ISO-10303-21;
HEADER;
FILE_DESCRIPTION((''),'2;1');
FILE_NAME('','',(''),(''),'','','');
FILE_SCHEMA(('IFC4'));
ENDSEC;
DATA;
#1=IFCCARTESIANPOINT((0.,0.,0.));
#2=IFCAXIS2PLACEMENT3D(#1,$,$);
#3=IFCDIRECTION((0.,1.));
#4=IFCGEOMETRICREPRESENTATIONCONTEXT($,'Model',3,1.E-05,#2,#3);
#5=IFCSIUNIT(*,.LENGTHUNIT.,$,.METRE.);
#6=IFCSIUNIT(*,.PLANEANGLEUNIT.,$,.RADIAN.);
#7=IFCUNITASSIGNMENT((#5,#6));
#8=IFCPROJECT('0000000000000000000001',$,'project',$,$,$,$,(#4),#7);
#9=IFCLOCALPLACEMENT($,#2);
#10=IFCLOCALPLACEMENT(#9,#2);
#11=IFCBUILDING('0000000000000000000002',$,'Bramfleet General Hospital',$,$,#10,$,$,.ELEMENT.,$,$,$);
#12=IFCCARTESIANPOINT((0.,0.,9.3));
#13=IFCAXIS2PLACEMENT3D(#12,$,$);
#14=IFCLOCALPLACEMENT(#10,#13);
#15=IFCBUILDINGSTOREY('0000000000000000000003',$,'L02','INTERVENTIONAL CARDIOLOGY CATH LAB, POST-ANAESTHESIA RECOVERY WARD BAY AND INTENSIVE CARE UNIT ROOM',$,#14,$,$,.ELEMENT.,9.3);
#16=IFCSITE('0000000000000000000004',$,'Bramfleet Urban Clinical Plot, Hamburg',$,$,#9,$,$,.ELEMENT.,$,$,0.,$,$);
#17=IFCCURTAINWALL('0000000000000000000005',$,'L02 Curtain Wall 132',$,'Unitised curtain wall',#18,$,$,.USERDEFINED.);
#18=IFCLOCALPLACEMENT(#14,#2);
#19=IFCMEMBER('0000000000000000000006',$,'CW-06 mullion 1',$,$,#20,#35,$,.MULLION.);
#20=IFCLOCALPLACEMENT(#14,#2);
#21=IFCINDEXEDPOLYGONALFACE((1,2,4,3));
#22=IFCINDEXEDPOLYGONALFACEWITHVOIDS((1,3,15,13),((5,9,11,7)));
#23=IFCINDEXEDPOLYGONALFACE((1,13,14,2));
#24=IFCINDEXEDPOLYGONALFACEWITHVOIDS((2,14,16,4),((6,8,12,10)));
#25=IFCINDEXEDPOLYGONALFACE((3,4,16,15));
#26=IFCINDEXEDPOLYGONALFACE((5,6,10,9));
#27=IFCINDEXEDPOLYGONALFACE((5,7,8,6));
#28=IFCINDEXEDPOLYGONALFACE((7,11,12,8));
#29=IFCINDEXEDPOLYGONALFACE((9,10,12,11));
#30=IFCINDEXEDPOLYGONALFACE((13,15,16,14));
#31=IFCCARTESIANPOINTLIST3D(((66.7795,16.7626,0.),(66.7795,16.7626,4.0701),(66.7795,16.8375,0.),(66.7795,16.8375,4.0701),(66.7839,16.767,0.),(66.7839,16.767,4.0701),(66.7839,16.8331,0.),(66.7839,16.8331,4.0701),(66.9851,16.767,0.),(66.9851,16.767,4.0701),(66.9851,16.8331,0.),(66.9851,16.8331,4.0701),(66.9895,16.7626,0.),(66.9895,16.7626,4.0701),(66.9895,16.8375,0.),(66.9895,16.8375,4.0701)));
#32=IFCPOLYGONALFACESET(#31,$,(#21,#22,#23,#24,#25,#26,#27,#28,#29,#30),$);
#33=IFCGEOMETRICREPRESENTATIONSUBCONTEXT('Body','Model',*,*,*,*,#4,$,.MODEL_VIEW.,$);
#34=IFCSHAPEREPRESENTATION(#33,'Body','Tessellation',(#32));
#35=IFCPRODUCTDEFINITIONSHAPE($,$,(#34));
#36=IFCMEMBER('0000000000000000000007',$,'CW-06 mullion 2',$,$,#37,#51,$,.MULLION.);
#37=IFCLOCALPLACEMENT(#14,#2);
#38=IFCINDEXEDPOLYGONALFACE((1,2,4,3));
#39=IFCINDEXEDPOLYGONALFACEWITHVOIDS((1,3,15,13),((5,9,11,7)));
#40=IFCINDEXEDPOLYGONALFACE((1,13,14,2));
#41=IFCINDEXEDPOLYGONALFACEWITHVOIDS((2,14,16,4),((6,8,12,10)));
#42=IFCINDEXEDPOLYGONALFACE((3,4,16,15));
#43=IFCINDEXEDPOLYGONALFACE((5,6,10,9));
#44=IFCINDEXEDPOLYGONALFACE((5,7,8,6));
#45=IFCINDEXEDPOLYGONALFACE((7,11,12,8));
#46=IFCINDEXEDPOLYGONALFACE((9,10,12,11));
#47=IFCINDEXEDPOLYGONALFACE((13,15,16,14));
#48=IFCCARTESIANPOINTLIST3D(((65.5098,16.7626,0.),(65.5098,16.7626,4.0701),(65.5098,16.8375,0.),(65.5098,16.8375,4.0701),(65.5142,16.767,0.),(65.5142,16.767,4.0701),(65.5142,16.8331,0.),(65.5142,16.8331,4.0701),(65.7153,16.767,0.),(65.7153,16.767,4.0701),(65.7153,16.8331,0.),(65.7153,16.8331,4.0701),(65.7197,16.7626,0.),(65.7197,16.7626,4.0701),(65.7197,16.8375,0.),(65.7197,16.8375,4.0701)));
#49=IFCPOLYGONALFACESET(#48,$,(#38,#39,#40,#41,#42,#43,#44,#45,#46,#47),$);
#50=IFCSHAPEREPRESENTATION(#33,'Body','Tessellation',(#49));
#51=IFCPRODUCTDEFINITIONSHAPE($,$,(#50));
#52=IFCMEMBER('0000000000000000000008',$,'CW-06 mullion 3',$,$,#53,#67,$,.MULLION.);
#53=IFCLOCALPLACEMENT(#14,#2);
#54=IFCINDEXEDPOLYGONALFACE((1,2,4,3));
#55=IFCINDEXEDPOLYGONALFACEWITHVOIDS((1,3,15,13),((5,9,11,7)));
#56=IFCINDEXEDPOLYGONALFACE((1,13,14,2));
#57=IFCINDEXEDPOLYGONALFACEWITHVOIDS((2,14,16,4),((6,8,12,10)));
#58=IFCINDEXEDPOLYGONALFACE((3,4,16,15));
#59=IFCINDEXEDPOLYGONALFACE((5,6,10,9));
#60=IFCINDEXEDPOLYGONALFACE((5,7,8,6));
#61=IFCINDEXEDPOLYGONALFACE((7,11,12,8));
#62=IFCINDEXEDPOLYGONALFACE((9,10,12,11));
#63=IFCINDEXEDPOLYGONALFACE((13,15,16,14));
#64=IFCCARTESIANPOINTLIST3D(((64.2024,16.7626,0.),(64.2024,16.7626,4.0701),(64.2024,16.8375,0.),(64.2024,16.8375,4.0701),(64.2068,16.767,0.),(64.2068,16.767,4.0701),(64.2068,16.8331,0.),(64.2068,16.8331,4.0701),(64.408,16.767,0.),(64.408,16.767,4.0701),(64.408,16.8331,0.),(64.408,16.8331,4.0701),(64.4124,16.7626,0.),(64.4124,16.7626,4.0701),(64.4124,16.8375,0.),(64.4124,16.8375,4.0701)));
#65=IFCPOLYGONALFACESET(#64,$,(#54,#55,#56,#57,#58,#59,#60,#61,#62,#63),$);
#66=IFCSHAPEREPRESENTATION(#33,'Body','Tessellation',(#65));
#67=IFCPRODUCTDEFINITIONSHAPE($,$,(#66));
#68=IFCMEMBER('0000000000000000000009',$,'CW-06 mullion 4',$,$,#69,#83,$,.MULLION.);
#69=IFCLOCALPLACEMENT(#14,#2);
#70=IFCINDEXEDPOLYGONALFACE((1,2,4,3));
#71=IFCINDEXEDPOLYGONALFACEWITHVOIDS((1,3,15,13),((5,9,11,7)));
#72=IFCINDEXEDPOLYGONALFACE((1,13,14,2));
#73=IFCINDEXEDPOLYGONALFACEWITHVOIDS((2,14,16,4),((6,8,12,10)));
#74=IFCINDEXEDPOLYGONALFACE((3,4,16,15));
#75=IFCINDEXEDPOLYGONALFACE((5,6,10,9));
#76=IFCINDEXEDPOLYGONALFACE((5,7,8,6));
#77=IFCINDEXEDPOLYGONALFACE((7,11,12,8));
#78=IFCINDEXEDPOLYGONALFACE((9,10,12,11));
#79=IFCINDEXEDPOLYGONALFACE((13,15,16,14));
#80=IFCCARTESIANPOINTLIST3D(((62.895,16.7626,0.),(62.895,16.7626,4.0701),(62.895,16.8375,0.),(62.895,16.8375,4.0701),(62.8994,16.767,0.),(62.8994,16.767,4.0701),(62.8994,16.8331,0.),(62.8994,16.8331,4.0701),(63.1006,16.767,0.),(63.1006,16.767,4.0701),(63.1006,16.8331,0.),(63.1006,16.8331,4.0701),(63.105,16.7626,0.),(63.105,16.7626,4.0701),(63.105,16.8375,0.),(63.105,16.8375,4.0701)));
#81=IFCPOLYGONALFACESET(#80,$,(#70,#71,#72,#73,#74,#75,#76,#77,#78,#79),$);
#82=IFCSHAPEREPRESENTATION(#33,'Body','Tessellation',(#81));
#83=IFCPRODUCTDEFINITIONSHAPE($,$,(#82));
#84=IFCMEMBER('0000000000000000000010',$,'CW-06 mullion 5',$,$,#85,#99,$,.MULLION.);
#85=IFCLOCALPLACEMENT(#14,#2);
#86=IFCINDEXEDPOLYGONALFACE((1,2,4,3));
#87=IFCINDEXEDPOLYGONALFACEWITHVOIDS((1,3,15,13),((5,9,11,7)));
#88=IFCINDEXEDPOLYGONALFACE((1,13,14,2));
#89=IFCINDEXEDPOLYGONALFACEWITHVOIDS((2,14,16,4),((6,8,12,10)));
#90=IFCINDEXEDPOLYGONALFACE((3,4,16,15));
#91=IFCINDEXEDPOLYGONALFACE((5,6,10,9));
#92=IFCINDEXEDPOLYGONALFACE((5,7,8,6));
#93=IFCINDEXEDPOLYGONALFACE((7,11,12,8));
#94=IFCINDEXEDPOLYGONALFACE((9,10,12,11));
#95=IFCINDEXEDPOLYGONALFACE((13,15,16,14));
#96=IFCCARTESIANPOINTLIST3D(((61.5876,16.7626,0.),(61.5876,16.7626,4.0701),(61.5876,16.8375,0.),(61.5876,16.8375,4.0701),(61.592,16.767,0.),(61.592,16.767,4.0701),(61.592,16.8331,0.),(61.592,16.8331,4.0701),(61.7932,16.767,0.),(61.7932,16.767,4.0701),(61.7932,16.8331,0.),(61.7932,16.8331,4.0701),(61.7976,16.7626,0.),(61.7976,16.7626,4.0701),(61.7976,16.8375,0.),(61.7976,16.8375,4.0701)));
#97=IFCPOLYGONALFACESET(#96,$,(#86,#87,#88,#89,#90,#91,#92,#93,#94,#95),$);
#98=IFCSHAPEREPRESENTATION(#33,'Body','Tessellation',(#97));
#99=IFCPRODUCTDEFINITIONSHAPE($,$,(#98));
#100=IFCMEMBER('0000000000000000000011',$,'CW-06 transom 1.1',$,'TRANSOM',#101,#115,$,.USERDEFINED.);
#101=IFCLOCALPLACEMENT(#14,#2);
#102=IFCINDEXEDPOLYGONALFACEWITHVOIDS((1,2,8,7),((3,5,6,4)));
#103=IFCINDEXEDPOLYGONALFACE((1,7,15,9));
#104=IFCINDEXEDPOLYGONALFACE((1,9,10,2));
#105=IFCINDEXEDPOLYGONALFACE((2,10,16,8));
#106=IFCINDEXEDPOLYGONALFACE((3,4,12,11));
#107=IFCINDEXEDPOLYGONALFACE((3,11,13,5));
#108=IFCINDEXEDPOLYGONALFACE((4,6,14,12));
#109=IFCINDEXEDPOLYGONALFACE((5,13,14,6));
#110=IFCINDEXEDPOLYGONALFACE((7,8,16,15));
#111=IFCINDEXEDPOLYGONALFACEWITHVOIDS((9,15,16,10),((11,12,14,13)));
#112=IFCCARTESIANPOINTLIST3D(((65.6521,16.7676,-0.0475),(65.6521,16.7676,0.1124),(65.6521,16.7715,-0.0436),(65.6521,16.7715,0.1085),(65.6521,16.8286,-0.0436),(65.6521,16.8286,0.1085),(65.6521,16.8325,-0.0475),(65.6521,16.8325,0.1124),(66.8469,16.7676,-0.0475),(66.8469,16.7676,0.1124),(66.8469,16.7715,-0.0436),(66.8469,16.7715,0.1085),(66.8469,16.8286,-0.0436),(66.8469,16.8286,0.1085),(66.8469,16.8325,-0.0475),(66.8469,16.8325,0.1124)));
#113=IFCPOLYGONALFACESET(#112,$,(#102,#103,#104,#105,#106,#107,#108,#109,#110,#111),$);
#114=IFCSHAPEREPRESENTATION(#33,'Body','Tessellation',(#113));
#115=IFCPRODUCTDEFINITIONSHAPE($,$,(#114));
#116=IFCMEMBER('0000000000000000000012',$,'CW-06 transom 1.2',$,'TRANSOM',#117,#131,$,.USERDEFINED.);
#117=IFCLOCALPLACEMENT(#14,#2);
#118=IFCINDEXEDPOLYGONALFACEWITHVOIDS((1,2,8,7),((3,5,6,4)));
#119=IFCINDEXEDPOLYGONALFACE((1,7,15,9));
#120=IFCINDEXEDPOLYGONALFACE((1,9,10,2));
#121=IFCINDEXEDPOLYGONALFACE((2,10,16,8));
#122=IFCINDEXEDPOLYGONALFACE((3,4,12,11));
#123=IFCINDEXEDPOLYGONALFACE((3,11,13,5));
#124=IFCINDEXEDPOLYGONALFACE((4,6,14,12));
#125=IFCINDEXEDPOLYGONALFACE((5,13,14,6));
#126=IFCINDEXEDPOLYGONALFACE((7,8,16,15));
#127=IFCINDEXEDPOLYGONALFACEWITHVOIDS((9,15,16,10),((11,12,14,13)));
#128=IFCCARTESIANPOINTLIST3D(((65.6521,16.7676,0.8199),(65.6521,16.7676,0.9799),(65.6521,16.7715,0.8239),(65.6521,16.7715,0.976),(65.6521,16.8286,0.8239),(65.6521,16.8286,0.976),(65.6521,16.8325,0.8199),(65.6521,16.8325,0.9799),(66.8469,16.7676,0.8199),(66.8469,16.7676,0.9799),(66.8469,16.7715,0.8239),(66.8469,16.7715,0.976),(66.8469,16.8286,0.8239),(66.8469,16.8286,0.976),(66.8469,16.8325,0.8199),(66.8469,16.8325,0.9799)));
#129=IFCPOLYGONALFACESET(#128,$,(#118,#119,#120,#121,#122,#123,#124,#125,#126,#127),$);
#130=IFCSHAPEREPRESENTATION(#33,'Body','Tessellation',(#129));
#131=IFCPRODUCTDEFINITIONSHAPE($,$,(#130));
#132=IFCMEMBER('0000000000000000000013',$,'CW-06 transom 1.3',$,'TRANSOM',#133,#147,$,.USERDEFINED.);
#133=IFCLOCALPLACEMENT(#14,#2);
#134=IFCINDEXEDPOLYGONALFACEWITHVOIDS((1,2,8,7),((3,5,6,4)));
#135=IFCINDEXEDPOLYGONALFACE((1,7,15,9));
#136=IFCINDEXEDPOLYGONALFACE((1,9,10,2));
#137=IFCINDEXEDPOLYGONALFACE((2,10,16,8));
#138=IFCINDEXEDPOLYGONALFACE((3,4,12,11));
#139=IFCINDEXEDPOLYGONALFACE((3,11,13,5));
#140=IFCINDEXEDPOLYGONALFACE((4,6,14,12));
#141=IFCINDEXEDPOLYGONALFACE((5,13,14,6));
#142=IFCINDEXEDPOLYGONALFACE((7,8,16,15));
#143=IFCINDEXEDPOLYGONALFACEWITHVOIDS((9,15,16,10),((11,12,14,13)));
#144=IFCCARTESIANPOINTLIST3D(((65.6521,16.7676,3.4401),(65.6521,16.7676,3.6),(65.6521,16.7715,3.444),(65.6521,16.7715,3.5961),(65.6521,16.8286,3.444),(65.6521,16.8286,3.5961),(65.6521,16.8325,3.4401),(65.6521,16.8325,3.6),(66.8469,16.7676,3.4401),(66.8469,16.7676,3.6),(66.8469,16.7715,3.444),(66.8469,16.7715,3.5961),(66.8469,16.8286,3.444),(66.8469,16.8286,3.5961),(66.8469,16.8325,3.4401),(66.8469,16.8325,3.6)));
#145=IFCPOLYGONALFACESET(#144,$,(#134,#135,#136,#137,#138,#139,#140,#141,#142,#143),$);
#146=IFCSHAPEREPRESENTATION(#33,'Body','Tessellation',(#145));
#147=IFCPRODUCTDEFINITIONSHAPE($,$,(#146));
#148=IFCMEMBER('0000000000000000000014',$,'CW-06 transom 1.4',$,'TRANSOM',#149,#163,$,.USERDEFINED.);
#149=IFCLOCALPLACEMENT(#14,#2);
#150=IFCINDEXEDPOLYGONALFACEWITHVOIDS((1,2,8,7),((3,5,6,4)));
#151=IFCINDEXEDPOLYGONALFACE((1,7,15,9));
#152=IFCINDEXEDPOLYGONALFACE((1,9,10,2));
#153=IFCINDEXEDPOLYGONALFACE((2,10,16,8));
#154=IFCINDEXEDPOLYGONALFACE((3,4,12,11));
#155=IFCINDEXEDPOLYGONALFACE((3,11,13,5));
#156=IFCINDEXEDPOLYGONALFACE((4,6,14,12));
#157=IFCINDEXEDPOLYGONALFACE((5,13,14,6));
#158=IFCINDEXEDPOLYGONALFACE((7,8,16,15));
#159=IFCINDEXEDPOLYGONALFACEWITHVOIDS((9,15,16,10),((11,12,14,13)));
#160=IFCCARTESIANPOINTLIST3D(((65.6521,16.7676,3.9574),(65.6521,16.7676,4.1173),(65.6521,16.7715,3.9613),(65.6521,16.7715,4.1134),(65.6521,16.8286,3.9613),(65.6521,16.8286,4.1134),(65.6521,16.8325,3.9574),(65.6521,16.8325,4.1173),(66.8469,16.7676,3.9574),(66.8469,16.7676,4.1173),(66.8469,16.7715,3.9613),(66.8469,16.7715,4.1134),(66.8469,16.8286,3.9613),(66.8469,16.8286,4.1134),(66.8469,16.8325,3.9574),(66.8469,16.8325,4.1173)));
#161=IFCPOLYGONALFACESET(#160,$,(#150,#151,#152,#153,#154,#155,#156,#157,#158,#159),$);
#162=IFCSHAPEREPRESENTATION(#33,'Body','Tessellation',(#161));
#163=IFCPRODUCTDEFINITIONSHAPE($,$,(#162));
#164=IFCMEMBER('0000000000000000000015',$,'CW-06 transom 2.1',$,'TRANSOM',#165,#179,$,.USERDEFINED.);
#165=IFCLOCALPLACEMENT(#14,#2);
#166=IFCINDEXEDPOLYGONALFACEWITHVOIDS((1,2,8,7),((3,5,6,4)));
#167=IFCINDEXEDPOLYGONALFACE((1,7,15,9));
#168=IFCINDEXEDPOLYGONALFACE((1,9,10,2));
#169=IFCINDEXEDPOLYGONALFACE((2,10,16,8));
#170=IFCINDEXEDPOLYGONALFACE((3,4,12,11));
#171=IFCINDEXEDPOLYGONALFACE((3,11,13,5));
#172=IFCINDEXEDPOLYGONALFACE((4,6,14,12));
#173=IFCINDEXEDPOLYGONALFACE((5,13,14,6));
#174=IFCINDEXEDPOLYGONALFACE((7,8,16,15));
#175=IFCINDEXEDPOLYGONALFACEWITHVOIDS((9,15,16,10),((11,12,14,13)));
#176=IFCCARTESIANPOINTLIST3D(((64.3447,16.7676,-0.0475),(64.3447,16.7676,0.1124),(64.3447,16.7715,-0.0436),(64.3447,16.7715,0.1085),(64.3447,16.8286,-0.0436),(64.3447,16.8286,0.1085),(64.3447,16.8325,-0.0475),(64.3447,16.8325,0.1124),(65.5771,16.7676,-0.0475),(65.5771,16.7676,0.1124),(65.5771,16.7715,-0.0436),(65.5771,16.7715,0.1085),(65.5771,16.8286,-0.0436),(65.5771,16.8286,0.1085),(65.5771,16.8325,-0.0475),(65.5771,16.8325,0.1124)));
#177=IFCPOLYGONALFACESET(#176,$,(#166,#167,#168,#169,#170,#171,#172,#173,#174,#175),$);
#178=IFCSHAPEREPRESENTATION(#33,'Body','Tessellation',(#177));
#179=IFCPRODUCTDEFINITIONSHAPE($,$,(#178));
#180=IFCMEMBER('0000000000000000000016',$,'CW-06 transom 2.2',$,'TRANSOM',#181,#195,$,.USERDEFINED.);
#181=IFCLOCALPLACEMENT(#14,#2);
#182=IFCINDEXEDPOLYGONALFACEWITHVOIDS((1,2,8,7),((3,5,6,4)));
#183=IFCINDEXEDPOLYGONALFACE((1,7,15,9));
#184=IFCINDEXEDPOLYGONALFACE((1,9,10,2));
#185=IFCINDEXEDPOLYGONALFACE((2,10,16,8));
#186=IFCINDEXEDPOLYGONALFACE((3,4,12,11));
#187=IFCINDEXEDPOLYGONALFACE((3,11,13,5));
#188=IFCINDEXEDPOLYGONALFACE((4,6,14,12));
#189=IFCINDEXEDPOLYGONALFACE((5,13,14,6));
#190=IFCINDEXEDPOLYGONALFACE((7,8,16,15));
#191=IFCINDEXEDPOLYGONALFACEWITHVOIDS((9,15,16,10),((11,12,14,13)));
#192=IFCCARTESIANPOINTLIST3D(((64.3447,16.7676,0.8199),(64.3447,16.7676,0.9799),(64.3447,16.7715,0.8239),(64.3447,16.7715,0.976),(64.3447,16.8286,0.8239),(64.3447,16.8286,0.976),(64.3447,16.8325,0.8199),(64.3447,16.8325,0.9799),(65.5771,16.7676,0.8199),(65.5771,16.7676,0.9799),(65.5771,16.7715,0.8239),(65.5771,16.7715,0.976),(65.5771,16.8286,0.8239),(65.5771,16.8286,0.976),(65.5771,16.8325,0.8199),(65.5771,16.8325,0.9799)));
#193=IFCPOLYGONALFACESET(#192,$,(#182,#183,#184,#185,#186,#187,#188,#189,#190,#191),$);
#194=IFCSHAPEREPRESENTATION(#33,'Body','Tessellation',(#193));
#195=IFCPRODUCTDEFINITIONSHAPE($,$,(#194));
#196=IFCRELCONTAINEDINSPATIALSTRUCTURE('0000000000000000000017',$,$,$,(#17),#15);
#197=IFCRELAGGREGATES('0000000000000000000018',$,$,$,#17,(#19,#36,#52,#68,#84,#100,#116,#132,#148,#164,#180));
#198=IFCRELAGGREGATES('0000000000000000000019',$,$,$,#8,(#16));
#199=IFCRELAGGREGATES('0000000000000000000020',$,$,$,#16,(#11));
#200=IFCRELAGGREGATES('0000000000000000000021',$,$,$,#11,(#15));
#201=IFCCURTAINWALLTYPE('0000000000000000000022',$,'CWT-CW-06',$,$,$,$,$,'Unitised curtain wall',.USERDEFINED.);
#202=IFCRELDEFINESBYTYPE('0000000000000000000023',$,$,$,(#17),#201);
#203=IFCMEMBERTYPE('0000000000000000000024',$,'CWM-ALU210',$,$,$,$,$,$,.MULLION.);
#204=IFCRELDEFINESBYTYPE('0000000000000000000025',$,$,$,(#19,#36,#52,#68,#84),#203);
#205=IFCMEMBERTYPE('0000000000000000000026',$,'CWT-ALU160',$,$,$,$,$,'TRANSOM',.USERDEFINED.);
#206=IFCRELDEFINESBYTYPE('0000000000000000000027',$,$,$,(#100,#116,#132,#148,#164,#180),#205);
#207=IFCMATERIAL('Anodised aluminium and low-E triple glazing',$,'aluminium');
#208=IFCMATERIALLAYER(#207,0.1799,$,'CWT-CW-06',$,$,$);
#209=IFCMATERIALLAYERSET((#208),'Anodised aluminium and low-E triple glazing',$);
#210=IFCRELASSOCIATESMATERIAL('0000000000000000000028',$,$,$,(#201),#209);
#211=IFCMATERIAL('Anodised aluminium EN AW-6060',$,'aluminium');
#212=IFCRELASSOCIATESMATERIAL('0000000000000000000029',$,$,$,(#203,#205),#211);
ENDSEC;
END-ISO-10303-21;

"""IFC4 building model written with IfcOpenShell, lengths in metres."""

from ifc_helpers import new_model, si_unit, direction, frame, origin, origin_2d, place, context, subcontext, project, spatial, hollow_rectangle, extrude, material, layer, layer_set, material_profile, profile_set, type_object, element, aggregate, save


model = new_model("IFC4")

# Units and contexts
model_context = context("Model", 3, precision=1e-05, world=origin(), true_north=direction((0.0, 1.0)))
body_context = subcontext(model_context, "Body", "Model", "MODEL_VIEW")
ifc_project = project(units=[si_unit("LENGTHUNIT", "METRE"), si_unit("PLANEANGLEUNIT", "RADIAN")], contexts=[model_context])

# Site, building, storey
site_placement = place(None, origin())
site = spatial("IfcSite", under=ifc_project, at=site_placement, Name="Bramfleet Urban Clinical Plot, Hamburg", CompositionType="ELEMENT", RefElevation=0.0)
building_placement = place(site_placement, origin())
building = spatial("IfcBuilding", under=site, at=building_placement, Name="Bramfleet General Hospital", CompositionType="ELEMENT")
storey_placement = place(building_placement, frame((0.0, 0.0, 9.3)))
storey = spatial("IfcBuildingStorey", under=building, at=storey_placement, Name="L02", Description="INTERVENTIONAL CARDIOLOGY CATH LAB, POST-ANAESTHESIA RECOVERY WARD BAY AND INTENSIVE CARE UNIT ROOM", CompositionType="ELEMENT", Elevation=9.3)

# Curtain wall, members
ifc_material_1 = material(Name="Anodised aluminium and low-E triple glazing", Category="aluminium")
ifc_layer_1 = layer(ifc_material_1, 0.1799, Name="CWT-CW-06")
ifc_layer_set_1 = layer_set([ifc_layer_1], Name="Anodised aluminium and low-E triple glazing")
curtain_wall_type = type_object("IfcCurtainWallType", Name="CWT-CW-06", ElementType="Unitised curtain wall", PredefinedType="USERDEFINED", material=ifc_layer_set_1)
curtain_wall_placement = place(storey_placement, origin())
curtain_wall = element("IfcCurtainWall", 1, at=curtain_wall_placement, inside=storey, type_object=curtain_wall_type, Name="L02 Curtain Wall 132", ObjectType="Unitised curtain wall", PredefinedType="USERDEFINED")
ifc_material_2 = material(Name="Anodised aluminium EN AW-6060", Category="aluminium")
ifc_material_profile_1 = material_profile(ifc_material_2, hollow_rectangle(XDim=0.075, YDim=0.21, WallThickness=0.0044, at=origin_2d()), Name="ALU 210x75x4.5")
ifc_profile_set_1 = profile_set([ifc_material_profile_1], Name="Anodised aluminium EN AW-6060")
member_type_1 = type_object("IfcMemberType", Name="CWM-ALU210", PredefinedType="MULLION", material=ifc_profile_set_1)
member_1_placement = place(storey_placement, frame((66.8845, 16.8, 0.0), z_axis=(0.0, 0.0, 1.0), x_axis=(0.0, -1.0, 0.0)))
member_1 = element("IfcMember", 2, at=member_1_placement, type_object=member_type_1, Name="CW-06 mullion 1", PredefinedType="MULLION", context=body_context, shape_type="SweptSolid", body=[
    extrude(hollow_rectangle(XDim=0.075, YDim=0.21, WallThickness=0.0044, at=origin_2d()), origin(), (0.0, 0.0, 1.0), 4.0701),
])
member_2_placement = place(storey_placement, frame((65.6147, 16.8, 0.0), z_axis=(0.0, 0.0, 1.0), x_axis=(0.0, -1.0, 0.0)))
member_2 = element("IfcMember", 3, at=member_2_placement, type_object=member_type_1, Name="CW-06 mullion 2", PredefinedType="MULLION", context=body_context, shape_type="SweptSolid", body=[
    extrude(hollow_rectangle(XDim=0.075, YDim=0.21, WallThickness=0.0044, at=origin_2d()), origin(), (0.0, 0.0, 1.0), 4.0701),
])
member_3_placement = place(storey_placement, frame((64.3074, 16.8, 0.0), z_axis=(0.0, 0.0, 1.0), x_axis=(0.0, -1.0, 0.0)))
member_3 = element("IfcMember", 4, at=member_3_placement, type_object=member_type_1, Name="CW-06 mullion 3", PredefinedType="MULLION", context=body_context, shape_type="SweptSolid", body=[
    extrude(hollow_rectangle(XDim=0.075, YDim=0.21, WallThickness=0.0044, at=origin_2d()), origin(), (0.0, 0.0, 1.0), 4.0701),
])
member_4_placement = place(storey_placement, frame((63.0, 16.8, 0.0), z_axis=(0.0, 0.0, 1.0), x_axis=(0.0, -1.0, 0.0)))
member_4 = element("IfcMember", 5, at=member_4_placement, type_object=member_type_1, Name="CW-06 mullion 4", PredefinedType="MULLION", context=body_context, shape_type="SweptSolid", body=[
    extrude(hollow_rectangle(XDim=0.075, YDim=0.21, WallThickness=0.0044, at=origin_2d()), origin(), (0.0, 0.0, 1.0), 4.0701),
])
member_5_placement = place(storey_placement, frame((61.6926, 16.8, 0.0), z_axis=(0.0, 0.0, 1.0), x_axis=(0.0, -1.0, 0.0)))
member_5 = element("IfcMember", 6, at=member_5_placement, type_object=member_type_1, Name="CW-06 mullion 5", PredefinedType="MULLION", context=body_context, shape_type="SweptSolid", body=[
    extrude(hollow_rectangle(XDim=0.075, YDim=0.21, WallThickness=0.0044, at=origin_2d()), origin(), (0.0, 0.0, 1.0), 4.0701),
])
ifc_material_profile_2 = material_profile(ifc_material_2, hollow_rectangle(XDim=0.0649, YDim=0.1599, WallThickness=0.0039, at=origin_2d()), Name="ALU 160x65x4.0")
ifc_profile_set_2 = profile_set([ifc_material_profile_2], Name="Anodised aluminium EN AW-6060")
member_type_2 = type_object("IfcMemberType", Name="CWT-ALU160", ElementType="TRANSOM", PredefinedType="USERDEFINED", material=ifc_profile_set_2)
member_6_placement = place(storey_placement, frame((66.8469, 16.8, 0.0325), z_axis=(-1.0, 0.0, 0.0), x_axis=(0.0, -1.0, 0.0)))
member_6 = element("IfcMember", 7, at=member_6_placement, type_object=member_type_2, Name="CW-06 transom 1.1", ObjectType="TRANSOM", PredefinedType="USERDEFINED", context=body_context, shape_type="SweptSolid", body=[
    extrude(hollow_rectangle(XDim=0.0649, YDim=0.1599, WallThickness=0.0039, at=origin_2d()), origin(), (0.0, 0.0, 1.0), 1.1948),
])
member_7_placement = place(storey_placement, frame((66.8469, 16.8, 0.8999), z_axis=(-1.0, 0.0, 0.0), x_axis=(0.0, -1.0, 0.0)))
member_7 = element("IfcMember", 8, at=member_7_placement, type_object=member_type_2, Name="CW-06 transom 1.2", ObjectType="TRANSOM", PredefinedType="USERDEFINED", context=body_context, shape_type="SweptSolid", body=[
    extrude(hollow_rectangle(XDim=0.0649, YDim=0.1599, WallThickness=0.0039, at=origin_2d()), origin(), (0.0, 0.0, 1.0), 1.1948),
])
member_8_placement = place(storey_placement, frame((66.8469, 16.8, 3.52), z_axis=(-1.0, 0.0, 0.0), x_axis=(0.0, -1.0, 0.0)))
member_8 = element("IfcMember", 9, at=member_8_placement, type_object=member_type_2, Name="CW-06 transom 1.3", ObjectType="TRANSOM", PredefinedType="USERDEFINED", context=body_context, shape_type="SweptSolid", body=[
    extrude(hollow_rectangle(XDim=0.0649, YDim=0.1599, WallThickness=0.0039, at=origin_2d()), origin(), (0.0, 0.0, 1.0), 1.1948),
])
member_9_placement = place(storey_placement, frame((66.8469, 16.8, 4.0374), z_axis=(-1.0, 0.0, 0.0), x_axis=(0.0, -1.0, 0.0)))
member_9 = element("IfcMember", 10, at=member_9_placement, type_object=member_type_2, Name="CW-06 transom 1.4", ObjectType="TRANSOM", PredefinedType="USERDEFINED", context=body_context, shape_type="SweptSolid", body=[
    extrude(hollow_rectangle(XDim=0.0649, YDim=0.1599, WallThickness=0.0039, at=origin_2d()), origin(), (0.0, 0.0, 1.0), 1.1948),
])
member_10_placement = place(storey_placement, frame((65.5771, 16.8, 0.0325), z_axis=(-1.0, 0.0, 0.0), x_axis=(0.0, -1.0, 0.0)))
member_10 = element("IfcMember", 11, at=member_10_placement, type_object=member_type_2, Name="CW-06 transom 2.1", ObjectType="TRANSOM", PredefinedType="USERDEFINED", context=body_context, shape_type="SweptSolid", body=[
    extrude(hollow_rectangle(XDim=0.0649, YDim=0.1599, WallThickness=0.0039, at=origin_2d()), origin(), (0.0, 0.0, 1.0), 1.2324),
])
member_11_placement = place(storey_placement, frame((65.5771, 16.8, 0.8999), z_axis=(-1.0, 0.0, 0.0), x_axis=(0.0, -1.0, 0.0)))
member_11 = element("IfcMember", 12, at=member_11_placement, type_object=member_type_2, Name="CW-06 transom 2.2", ObjectType="TRANSOM", PredefinedType="USERDEFINED", context=body_context, shape_type="SweptSolid", body=[
    extrude(hollow_rectangle(XDim=0.0649, YDim=0.1599, WallThickness=0.0039, at=origin_2d()), origin(), (0.0, 0.0, 1.0), 1.2324),
])
aggregate(curtain_wall, [member_1, member_2, member_3, member_4, member_5, member_6, member_7, member_8, member_9, member_10, member_11])

save(model, "model.ifc")
